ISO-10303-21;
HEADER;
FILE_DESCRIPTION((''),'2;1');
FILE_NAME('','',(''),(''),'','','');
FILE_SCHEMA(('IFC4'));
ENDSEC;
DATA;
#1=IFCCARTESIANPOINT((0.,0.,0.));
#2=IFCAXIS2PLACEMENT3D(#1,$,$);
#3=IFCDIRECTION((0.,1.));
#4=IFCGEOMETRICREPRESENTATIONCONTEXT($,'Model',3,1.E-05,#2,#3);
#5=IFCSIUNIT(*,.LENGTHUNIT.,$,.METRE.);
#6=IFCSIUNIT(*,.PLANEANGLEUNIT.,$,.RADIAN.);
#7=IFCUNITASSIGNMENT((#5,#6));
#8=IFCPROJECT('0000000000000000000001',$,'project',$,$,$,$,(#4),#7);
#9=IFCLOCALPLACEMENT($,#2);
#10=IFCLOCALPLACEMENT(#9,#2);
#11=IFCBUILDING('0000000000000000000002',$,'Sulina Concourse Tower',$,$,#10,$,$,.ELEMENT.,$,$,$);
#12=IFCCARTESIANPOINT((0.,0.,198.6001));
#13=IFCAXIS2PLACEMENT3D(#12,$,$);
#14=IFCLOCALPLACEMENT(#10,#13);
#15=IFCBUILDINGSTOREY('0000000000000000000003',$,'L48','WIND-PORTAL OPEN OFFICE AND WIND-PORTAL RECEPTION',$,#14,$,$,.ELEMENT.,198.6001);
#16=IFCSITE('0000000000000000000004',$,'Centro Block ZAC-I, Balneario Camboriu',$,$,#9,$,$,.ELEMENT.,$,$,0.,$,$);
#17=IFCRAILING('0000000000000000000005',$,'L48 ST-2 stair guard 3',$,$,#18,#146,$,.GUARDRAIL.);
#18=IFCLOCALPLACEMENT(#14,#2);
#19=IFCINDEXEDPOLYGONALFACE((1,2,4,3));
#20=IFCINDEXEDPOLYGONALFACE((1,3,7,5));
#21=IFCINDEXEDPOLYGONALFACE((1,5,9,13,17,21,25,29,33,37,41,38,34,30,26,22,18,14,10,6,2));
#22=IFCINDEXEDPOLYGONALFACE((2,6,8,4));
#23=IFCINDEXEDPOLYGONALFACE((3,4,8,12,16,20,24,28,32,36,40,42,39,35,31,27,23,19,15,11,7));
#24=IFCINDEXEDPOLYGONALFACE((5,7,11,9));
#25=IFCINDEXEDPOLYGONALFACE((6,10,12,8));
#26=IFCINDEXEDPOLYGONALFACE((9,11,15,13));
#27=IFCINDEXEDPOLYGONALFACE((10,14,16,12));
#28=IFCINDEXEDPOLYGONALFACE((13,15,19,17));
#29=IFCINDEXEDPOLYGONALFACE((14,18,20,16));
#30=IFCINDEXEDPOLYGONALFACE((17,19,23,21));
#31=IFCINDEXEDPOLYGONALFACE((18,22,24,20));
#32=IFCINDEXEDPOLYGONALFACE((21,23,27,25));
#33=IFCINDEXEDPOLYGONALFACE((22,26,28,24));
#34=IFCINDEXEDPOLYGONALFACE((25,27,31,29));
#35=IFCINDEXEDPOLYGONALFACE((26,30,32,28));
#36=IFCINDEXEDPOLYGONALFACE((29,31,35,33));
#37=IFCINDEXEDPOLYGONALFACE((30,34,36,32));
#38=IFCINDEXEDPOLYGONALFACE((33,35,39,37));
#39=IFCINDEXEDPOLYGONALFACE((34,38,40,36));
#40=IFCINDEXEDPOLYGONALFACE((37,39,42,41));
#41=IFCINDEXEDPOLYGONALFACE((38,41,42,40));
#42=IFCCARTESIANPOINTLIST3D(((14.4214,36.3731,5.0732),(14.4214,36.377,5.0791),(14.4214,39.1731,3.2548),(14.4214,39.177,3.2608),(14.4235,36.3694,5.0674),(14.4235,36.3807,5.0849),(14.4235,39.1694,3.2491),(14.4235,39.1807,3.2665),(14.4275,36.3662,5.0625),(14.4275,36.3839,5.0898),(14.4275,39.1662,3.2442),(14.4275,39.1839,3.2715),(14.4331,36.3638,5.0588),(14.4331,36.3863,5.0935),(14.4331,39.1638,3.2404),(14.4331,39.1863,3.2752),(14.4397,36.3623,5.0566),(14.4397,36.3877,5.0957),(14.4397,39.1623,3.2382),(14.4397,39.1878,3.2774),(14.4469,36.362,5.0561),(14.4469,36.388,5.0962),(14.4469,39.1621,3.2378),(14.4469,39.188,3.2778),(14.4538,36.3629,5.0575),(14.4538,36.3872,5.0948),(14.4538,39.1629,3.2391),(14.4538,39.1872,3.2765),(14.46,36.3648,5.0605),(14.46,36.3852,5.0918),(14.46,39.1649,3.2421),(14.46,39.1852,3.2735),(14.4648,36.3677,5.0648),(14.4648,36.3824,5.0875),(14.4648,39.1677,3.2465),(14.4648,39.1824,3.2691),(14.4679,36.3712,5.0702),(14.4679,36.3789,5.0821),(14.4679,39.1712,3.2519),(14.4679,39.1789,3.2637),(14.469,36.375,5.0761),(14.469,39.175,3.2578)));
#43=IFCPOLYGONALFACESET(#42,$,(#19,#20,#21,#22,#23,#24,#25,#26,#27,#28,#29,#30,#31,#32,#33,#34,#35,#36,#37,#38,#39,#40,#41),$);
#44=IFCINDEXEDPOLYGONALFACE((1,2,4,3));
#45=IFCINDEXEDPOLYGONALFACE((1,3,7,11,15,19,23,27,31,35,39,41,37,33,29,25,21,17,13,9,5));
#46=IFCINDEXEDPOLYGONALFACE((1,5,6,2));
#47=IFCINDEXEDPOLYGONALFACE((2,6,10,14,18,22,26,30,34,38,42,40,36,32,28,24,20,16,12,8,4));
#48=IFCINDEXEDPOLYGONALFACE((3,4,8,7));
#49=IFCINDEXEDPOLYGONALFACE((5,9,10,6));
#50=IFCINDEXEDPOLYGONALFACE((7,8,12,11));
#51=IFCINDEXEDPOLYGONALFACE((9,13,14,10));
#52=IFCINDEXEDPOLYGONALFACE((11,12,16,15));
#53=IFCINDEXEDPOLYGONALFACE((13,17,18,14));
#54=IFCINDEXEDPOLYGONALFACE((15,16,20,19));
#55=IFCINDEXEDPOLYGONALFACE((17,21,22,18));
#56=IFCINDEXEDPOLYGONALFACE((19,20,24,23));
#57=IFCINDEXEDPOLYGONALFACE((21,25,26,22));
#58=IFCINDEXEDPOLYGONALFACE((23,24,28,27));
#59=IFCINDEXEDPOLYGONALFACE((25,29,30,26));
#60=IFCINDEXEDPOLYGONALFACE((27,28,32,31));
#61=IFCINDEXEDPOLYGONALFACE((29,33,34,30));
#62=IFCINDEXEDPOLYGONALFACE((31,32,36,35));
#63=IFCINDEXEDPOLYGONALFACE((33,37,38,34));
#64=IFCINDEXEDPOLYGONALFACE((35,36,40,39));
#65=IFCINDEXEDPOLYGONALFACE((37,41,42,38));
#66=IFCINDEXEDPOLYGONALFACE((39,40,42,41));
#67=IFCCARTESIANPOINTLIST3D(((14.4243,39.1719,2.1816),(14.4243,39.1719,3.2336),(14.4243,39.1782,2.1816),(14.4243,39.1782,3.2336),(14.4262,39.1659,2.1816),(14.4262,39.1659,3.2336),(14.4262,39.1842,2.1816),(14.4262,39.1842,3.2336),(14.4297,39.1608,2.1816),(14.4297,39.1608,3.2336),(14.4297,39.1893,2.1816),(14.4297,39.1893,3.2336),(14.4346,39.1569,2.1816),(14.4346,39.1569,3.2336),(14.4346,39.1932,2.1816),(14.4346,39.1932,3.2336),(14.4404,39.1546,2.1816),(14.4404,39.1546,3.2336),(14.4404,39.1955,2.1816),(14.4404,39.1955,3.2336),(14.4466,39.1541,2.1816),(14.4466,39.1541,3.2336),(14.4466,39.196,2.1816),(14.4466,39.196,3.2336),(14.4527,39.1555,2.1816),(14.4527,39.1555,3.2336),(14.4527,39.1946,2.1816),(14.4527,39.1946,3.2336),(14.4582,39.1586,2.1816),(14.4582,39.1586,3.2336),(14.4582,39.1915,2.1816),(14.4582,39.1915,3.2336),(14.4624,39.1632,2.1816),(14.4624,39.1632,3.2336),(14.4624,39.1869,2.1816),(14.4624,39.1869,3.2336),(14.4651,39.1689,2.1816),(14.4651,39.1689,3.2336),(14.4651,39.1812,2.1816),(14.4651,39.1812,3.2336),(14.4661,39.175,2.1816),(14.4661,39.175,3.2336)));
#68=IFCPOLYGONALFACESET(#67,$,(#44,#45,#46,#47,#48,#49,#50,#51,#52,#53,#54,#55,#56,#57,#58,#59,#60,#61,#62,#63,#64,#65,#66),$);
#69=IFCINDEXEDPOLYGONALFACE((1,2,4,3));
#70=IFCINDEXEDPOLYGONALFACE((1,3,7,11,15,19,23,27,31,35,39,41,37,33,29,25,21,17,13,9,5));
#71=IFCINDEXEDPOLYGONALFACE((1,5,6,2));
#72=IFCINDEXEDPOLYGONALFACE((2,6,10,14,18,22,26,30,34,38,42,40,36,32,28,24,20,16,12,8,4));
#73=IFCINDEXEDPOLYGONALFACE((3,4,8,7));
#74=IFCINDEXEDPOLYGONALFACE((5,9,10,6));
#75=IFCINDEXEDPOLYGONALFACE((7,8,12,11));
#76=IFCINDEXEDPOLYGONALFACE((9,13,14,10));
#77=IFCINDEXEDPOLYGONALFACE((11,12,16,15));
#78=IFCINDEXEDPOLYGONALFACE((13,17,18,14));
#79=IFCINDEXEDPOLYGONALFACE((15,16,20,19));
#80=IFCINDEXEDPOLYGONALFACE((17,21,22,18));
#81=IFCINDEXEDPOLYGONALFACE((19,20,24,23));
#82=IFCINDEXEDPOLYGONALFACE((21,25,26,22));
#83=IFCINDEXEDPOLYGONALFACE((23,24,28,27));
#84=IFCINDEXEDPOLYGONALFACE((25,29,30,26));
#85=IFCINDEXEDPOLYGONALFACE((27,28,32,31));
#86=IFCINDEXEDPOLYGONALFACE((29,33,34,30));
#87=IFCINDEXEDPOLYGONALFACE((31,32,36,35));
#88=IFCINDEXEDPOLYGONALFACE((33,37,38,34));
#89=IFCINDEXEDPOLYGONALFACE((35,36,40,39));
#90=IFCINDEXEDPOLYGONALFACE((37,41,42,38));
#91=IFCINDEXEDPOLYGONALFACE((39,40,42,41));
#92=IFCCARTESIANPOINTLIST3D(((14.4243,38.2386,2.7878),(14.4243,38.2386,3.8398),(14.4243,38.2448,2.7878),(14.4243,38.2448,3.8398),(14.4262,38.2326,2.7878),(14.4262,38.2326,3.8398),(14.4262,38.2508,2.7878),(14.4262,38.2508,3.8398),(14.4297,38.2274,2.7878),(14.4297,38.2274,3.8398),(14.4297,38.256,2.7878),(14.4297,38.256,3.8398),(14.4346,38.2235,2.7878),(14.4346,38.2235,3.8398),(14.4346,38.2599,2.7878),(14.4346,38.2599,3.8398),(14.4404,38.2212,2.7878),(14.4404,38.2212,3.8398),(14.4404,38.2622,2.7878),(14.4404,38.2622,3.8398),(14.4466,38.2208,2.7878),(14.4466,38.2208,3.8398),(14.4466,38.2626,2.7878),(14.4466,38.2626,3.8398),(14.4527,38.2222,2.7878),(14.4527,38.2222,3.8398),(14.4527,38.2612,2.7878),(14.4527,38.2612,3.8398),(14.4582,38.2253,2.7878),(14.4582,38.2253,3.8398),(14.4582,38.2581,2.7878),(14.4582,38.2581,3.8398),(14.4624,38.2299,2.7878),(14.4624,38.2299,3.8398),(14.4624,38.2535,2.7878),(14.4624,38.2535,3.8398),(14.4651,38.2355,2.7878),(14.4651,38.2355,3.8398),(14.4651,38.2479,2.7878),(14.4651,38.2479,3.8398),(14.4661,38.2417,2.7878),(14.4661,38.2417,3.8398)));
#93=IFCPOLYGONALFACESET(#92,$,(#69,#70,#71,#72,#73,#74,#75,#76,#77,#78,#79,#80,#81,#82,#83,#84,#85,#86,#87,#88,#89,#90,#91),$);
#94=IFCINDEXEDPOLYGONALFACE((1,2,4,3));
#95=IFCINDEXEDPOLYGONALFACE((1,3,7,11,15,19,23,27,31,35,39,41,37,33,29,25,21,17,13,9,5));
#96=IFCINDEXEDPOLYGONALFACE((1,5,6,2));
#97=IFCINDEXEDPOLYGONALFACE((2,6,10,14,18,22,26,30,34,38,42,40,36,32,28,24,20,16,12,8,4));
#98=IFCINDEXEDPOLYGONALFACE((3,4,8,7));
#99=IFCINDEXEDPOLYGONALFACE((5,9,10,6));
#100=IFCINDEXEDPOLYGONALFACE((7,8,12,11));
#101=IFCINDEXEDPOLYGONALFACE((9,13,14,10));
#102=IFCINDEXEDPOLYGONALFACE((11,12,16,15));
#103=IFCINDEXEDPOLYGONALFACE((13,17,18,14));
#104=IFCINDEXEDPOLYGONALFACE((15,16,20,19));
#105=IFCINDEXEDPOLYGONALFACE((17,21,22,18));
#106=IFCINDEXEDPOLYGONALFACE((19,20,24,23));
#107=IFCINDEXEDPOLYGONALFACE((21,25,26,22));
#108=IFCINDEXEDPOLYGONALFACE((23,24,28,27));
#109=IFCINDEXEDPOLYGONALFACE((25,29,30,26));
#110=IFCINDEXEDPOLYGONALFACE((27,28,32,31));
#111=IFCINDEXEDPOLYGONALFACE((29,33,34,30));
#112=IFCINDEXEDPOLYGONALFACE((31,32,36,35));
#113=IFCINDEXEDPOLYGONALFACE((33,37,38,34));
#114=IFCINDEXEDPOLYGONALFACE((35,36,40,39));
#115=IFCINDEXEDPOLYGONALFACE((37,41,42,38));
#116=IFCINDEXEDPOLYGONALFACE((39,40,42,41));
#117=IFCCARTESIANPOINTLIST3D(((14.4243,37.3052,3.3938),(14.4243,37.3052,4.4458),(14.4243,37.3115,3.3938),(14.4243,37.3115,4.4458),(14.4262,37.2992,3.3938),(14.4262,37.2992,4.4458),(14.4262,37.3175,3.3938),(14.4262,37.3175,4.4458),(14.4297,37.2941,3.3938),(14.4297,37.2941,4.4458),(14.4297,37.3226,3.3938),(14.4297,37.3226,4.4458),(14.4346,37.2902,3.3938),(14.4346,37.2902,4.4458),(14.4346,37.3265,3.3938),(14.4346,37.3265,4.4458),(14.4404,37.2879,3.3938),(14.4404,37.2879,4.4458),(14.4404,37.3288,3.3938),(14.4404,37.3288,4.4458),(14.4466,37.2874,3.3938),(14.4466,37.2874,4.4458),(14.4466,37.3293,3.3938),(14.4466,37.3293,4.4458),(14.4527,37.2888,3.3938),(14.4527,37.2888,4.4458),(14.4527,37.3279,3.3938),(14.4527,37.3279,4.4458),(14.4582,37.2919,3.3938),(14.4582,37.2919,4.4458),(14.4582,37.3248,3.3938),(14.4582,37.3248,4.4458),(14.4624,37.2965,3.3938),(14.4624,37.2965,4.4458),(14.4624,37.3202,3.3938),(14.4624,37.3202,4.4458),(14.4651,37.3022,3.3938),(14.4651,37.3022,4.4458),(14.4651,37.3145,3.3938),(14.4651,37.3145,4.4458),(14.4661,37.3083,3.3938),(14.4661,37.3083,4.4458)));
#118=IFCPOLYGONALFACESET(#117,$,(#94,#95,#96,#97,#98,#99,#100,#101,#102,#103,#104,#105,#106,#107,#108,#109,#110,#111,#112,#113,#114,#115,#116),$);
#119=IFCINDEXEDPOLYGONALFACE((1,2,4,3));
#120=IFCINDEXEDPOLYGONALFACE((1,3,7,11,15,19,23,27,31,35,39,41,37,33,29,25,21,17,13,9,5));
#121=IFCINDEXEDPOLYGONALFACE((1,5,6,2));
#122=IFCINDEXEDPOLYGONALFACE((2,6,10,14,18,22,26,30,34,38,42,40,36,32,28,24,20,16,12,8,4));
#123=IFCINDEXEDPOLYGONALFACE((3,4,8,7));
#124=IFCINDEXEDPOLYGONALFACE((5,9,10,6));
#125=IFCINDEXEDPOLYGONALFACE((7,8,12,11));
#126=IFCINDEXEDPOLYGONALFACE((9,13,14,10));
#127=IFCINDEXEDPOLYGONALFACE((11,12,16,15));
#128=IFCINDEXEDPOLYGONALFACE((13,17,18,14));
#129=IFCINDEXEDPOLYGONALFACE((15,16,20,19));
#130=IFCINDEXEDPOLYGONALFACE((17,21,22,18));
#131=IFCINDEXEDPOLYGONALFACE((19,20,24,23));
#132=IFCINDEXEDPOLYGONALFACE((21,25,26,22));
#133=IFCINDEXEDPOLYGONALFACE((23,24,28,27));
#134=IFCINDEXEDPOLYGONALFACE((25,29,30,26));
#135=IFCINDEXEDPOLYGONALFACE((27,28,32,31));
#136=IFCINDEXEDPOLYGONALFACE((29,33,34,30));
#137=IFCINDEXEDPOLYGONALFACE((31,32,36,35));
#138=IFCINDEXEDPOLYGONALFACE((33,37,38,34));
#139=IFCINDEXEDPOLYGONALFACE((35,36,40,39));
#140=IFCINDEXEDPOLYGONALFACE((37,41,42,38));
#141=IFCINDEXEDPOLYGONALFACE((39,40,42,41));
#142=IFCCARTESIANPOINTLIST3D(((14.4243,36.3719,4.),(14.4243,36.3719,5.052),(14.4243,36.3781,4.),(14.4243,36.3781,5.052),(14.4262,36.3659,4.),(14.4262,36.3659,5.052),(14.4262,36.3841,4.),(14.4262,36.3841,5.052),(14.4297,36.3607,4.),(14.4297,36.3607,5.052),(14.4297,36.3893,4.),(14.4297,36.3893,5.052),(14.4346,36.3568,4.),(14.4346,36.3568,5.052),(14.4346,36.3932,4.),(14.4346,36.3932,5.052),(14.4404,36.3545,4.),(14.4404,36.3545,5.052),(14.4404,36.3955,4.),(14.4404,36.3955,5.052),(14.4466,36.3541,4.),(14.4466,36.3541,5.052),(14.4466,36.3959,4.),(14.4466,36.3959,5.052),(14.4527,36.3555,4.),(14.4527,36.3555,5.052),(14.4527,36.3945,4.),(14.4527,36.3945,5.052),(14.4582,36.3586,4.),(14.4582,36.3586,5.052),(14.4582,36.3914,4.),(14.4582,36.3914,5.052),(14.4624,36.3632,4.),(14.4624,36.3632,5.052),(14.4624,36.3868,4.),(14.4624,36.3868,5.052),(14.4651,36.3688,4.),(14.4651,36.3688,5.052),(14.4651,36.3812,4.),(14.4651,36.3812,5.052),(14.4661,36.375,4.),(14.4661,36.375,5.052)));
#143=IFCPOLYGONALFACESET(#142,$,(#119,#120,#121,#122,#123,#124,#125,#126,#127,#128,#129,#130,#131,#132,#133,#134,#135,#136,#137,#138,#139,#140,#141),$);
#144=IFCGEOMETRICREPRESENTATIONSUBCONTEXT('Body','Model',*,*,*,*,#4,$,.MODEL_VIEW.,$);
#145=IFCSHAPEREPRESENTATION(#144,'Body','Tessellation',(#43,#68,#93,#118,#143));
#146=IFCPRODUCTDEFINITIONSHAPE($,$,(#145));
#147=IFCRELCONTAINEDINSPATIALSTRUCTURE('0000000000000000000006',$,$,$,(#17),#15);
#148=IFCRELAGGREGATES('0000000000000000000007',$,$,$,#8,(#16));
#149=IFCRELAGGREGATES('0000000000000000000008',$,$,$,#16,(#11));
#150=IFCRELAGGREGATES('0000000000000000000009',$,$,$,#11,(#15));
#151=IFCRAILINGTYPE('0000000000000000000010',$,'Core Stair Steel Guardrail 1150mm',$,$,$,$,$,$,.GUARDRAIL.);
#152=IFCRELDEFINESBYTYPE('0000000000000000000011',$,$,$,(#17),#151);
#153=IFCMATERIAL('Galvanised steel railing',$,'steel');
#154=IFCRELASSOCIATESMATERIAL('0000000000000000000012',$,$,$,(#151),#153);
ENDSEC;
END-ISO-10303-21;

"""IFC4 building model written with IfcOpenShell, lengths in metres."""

from ifc_helpers import new_model, si_unit, direction, frame, origin, origin_2d, place, context, subcontext, project, spatial, circle, extrude, material, type_object, element, save


model = new_model("IFC4")

# Units and contexts
model_context = context("Model", 3, precision=1e-05, world=origin(), true_north=direction((0.0, 1.0)))
body_context = subcontext(model_context, "Body", "Model", "MODEL_VIEW")
ifc_project = project(units=[si_unit("LENGTHUNIT", "METRE"), si_unit("PLANEANGLEUNIT", "RADIAN")], contexts=[model_context])

# Site, building, storey
site_placement = place(None, origin())
site = spatial("IfcSite", under=ifc_project, at=site_placement, Name="Centro Block ZAC-I, Balneario Camboriu", CompositionType="ELEMENT", RefElevation=0.0)
building_placement = place(site_placement, origin())
building = spatial("IfcBuilding", under=site, at=building_placement, Name="Sulina Concourse Tower", CompositionType="ELEMENT")
storey_placement = place(building_placement, frame((0.0, 0.0, 198.6001)))
storey = spatial("IfcBuildingStorey", under=building, at=storey_placement, Name="L48", Description="WIND-PORTAL OPEN OFFICE AND WIND-PORTAL RECEPTION", CompositionType="ELEMENT", Elevation=198.6001)

# Railing
ifc_material_1 = material(Name="Galvanised steel railing", Category="steel")
railing_type_1 = type_object("IfcRailingType", Name="Core Stair Steel Guardrail 1150mm", PredefinedType="GUARDRAIL", material=ifc_material_1)
railing_1_placement = place(storey_placement, frame((14.4451, 39.175, 2.1816)))
element("IfcRailing", 1, at=railing_1_placement, inside=storey, type_object=railing_type_1, Name="L48 ST-2 stair guard 3", PredefinedType="GUARDRAIL", context=body_context, shape_type="SweptSolid", body=[
    extrude(circle(Radius=0.0239, at=origin_2d()), frame((0.0, 0.0, 1.0762), z_axis=(0.0, -0.838672, 0.544636), x_axis=(1.0, 0.0, 0.0)), (0.0, 0.0, 1.0), 3.3386),
    extrude(circle(Radius=0.021, at=origin_2d()), origin(), (0.0, 0.0, 1.0), 1.052),
    extrude(circle(Radius=0.021, at=origin_2d()), frame((0.0, -0.9333, 0.6062)), (0.0, 0.0, 1.0), 1.052),
    extrude(circle(Radius=0.021, at=origin_2d()), frame((0.0, -1.8667, 1.2122)), (0.0, 0.0, 1.0), 1.052),
    extrude(circle(Radius=0.021, at=origin_2d()), frame((0.0, -2.8, 1.8184)), (0.0, 0.0, 1.0), 1.052),
])

save(model, "model.ifc")
